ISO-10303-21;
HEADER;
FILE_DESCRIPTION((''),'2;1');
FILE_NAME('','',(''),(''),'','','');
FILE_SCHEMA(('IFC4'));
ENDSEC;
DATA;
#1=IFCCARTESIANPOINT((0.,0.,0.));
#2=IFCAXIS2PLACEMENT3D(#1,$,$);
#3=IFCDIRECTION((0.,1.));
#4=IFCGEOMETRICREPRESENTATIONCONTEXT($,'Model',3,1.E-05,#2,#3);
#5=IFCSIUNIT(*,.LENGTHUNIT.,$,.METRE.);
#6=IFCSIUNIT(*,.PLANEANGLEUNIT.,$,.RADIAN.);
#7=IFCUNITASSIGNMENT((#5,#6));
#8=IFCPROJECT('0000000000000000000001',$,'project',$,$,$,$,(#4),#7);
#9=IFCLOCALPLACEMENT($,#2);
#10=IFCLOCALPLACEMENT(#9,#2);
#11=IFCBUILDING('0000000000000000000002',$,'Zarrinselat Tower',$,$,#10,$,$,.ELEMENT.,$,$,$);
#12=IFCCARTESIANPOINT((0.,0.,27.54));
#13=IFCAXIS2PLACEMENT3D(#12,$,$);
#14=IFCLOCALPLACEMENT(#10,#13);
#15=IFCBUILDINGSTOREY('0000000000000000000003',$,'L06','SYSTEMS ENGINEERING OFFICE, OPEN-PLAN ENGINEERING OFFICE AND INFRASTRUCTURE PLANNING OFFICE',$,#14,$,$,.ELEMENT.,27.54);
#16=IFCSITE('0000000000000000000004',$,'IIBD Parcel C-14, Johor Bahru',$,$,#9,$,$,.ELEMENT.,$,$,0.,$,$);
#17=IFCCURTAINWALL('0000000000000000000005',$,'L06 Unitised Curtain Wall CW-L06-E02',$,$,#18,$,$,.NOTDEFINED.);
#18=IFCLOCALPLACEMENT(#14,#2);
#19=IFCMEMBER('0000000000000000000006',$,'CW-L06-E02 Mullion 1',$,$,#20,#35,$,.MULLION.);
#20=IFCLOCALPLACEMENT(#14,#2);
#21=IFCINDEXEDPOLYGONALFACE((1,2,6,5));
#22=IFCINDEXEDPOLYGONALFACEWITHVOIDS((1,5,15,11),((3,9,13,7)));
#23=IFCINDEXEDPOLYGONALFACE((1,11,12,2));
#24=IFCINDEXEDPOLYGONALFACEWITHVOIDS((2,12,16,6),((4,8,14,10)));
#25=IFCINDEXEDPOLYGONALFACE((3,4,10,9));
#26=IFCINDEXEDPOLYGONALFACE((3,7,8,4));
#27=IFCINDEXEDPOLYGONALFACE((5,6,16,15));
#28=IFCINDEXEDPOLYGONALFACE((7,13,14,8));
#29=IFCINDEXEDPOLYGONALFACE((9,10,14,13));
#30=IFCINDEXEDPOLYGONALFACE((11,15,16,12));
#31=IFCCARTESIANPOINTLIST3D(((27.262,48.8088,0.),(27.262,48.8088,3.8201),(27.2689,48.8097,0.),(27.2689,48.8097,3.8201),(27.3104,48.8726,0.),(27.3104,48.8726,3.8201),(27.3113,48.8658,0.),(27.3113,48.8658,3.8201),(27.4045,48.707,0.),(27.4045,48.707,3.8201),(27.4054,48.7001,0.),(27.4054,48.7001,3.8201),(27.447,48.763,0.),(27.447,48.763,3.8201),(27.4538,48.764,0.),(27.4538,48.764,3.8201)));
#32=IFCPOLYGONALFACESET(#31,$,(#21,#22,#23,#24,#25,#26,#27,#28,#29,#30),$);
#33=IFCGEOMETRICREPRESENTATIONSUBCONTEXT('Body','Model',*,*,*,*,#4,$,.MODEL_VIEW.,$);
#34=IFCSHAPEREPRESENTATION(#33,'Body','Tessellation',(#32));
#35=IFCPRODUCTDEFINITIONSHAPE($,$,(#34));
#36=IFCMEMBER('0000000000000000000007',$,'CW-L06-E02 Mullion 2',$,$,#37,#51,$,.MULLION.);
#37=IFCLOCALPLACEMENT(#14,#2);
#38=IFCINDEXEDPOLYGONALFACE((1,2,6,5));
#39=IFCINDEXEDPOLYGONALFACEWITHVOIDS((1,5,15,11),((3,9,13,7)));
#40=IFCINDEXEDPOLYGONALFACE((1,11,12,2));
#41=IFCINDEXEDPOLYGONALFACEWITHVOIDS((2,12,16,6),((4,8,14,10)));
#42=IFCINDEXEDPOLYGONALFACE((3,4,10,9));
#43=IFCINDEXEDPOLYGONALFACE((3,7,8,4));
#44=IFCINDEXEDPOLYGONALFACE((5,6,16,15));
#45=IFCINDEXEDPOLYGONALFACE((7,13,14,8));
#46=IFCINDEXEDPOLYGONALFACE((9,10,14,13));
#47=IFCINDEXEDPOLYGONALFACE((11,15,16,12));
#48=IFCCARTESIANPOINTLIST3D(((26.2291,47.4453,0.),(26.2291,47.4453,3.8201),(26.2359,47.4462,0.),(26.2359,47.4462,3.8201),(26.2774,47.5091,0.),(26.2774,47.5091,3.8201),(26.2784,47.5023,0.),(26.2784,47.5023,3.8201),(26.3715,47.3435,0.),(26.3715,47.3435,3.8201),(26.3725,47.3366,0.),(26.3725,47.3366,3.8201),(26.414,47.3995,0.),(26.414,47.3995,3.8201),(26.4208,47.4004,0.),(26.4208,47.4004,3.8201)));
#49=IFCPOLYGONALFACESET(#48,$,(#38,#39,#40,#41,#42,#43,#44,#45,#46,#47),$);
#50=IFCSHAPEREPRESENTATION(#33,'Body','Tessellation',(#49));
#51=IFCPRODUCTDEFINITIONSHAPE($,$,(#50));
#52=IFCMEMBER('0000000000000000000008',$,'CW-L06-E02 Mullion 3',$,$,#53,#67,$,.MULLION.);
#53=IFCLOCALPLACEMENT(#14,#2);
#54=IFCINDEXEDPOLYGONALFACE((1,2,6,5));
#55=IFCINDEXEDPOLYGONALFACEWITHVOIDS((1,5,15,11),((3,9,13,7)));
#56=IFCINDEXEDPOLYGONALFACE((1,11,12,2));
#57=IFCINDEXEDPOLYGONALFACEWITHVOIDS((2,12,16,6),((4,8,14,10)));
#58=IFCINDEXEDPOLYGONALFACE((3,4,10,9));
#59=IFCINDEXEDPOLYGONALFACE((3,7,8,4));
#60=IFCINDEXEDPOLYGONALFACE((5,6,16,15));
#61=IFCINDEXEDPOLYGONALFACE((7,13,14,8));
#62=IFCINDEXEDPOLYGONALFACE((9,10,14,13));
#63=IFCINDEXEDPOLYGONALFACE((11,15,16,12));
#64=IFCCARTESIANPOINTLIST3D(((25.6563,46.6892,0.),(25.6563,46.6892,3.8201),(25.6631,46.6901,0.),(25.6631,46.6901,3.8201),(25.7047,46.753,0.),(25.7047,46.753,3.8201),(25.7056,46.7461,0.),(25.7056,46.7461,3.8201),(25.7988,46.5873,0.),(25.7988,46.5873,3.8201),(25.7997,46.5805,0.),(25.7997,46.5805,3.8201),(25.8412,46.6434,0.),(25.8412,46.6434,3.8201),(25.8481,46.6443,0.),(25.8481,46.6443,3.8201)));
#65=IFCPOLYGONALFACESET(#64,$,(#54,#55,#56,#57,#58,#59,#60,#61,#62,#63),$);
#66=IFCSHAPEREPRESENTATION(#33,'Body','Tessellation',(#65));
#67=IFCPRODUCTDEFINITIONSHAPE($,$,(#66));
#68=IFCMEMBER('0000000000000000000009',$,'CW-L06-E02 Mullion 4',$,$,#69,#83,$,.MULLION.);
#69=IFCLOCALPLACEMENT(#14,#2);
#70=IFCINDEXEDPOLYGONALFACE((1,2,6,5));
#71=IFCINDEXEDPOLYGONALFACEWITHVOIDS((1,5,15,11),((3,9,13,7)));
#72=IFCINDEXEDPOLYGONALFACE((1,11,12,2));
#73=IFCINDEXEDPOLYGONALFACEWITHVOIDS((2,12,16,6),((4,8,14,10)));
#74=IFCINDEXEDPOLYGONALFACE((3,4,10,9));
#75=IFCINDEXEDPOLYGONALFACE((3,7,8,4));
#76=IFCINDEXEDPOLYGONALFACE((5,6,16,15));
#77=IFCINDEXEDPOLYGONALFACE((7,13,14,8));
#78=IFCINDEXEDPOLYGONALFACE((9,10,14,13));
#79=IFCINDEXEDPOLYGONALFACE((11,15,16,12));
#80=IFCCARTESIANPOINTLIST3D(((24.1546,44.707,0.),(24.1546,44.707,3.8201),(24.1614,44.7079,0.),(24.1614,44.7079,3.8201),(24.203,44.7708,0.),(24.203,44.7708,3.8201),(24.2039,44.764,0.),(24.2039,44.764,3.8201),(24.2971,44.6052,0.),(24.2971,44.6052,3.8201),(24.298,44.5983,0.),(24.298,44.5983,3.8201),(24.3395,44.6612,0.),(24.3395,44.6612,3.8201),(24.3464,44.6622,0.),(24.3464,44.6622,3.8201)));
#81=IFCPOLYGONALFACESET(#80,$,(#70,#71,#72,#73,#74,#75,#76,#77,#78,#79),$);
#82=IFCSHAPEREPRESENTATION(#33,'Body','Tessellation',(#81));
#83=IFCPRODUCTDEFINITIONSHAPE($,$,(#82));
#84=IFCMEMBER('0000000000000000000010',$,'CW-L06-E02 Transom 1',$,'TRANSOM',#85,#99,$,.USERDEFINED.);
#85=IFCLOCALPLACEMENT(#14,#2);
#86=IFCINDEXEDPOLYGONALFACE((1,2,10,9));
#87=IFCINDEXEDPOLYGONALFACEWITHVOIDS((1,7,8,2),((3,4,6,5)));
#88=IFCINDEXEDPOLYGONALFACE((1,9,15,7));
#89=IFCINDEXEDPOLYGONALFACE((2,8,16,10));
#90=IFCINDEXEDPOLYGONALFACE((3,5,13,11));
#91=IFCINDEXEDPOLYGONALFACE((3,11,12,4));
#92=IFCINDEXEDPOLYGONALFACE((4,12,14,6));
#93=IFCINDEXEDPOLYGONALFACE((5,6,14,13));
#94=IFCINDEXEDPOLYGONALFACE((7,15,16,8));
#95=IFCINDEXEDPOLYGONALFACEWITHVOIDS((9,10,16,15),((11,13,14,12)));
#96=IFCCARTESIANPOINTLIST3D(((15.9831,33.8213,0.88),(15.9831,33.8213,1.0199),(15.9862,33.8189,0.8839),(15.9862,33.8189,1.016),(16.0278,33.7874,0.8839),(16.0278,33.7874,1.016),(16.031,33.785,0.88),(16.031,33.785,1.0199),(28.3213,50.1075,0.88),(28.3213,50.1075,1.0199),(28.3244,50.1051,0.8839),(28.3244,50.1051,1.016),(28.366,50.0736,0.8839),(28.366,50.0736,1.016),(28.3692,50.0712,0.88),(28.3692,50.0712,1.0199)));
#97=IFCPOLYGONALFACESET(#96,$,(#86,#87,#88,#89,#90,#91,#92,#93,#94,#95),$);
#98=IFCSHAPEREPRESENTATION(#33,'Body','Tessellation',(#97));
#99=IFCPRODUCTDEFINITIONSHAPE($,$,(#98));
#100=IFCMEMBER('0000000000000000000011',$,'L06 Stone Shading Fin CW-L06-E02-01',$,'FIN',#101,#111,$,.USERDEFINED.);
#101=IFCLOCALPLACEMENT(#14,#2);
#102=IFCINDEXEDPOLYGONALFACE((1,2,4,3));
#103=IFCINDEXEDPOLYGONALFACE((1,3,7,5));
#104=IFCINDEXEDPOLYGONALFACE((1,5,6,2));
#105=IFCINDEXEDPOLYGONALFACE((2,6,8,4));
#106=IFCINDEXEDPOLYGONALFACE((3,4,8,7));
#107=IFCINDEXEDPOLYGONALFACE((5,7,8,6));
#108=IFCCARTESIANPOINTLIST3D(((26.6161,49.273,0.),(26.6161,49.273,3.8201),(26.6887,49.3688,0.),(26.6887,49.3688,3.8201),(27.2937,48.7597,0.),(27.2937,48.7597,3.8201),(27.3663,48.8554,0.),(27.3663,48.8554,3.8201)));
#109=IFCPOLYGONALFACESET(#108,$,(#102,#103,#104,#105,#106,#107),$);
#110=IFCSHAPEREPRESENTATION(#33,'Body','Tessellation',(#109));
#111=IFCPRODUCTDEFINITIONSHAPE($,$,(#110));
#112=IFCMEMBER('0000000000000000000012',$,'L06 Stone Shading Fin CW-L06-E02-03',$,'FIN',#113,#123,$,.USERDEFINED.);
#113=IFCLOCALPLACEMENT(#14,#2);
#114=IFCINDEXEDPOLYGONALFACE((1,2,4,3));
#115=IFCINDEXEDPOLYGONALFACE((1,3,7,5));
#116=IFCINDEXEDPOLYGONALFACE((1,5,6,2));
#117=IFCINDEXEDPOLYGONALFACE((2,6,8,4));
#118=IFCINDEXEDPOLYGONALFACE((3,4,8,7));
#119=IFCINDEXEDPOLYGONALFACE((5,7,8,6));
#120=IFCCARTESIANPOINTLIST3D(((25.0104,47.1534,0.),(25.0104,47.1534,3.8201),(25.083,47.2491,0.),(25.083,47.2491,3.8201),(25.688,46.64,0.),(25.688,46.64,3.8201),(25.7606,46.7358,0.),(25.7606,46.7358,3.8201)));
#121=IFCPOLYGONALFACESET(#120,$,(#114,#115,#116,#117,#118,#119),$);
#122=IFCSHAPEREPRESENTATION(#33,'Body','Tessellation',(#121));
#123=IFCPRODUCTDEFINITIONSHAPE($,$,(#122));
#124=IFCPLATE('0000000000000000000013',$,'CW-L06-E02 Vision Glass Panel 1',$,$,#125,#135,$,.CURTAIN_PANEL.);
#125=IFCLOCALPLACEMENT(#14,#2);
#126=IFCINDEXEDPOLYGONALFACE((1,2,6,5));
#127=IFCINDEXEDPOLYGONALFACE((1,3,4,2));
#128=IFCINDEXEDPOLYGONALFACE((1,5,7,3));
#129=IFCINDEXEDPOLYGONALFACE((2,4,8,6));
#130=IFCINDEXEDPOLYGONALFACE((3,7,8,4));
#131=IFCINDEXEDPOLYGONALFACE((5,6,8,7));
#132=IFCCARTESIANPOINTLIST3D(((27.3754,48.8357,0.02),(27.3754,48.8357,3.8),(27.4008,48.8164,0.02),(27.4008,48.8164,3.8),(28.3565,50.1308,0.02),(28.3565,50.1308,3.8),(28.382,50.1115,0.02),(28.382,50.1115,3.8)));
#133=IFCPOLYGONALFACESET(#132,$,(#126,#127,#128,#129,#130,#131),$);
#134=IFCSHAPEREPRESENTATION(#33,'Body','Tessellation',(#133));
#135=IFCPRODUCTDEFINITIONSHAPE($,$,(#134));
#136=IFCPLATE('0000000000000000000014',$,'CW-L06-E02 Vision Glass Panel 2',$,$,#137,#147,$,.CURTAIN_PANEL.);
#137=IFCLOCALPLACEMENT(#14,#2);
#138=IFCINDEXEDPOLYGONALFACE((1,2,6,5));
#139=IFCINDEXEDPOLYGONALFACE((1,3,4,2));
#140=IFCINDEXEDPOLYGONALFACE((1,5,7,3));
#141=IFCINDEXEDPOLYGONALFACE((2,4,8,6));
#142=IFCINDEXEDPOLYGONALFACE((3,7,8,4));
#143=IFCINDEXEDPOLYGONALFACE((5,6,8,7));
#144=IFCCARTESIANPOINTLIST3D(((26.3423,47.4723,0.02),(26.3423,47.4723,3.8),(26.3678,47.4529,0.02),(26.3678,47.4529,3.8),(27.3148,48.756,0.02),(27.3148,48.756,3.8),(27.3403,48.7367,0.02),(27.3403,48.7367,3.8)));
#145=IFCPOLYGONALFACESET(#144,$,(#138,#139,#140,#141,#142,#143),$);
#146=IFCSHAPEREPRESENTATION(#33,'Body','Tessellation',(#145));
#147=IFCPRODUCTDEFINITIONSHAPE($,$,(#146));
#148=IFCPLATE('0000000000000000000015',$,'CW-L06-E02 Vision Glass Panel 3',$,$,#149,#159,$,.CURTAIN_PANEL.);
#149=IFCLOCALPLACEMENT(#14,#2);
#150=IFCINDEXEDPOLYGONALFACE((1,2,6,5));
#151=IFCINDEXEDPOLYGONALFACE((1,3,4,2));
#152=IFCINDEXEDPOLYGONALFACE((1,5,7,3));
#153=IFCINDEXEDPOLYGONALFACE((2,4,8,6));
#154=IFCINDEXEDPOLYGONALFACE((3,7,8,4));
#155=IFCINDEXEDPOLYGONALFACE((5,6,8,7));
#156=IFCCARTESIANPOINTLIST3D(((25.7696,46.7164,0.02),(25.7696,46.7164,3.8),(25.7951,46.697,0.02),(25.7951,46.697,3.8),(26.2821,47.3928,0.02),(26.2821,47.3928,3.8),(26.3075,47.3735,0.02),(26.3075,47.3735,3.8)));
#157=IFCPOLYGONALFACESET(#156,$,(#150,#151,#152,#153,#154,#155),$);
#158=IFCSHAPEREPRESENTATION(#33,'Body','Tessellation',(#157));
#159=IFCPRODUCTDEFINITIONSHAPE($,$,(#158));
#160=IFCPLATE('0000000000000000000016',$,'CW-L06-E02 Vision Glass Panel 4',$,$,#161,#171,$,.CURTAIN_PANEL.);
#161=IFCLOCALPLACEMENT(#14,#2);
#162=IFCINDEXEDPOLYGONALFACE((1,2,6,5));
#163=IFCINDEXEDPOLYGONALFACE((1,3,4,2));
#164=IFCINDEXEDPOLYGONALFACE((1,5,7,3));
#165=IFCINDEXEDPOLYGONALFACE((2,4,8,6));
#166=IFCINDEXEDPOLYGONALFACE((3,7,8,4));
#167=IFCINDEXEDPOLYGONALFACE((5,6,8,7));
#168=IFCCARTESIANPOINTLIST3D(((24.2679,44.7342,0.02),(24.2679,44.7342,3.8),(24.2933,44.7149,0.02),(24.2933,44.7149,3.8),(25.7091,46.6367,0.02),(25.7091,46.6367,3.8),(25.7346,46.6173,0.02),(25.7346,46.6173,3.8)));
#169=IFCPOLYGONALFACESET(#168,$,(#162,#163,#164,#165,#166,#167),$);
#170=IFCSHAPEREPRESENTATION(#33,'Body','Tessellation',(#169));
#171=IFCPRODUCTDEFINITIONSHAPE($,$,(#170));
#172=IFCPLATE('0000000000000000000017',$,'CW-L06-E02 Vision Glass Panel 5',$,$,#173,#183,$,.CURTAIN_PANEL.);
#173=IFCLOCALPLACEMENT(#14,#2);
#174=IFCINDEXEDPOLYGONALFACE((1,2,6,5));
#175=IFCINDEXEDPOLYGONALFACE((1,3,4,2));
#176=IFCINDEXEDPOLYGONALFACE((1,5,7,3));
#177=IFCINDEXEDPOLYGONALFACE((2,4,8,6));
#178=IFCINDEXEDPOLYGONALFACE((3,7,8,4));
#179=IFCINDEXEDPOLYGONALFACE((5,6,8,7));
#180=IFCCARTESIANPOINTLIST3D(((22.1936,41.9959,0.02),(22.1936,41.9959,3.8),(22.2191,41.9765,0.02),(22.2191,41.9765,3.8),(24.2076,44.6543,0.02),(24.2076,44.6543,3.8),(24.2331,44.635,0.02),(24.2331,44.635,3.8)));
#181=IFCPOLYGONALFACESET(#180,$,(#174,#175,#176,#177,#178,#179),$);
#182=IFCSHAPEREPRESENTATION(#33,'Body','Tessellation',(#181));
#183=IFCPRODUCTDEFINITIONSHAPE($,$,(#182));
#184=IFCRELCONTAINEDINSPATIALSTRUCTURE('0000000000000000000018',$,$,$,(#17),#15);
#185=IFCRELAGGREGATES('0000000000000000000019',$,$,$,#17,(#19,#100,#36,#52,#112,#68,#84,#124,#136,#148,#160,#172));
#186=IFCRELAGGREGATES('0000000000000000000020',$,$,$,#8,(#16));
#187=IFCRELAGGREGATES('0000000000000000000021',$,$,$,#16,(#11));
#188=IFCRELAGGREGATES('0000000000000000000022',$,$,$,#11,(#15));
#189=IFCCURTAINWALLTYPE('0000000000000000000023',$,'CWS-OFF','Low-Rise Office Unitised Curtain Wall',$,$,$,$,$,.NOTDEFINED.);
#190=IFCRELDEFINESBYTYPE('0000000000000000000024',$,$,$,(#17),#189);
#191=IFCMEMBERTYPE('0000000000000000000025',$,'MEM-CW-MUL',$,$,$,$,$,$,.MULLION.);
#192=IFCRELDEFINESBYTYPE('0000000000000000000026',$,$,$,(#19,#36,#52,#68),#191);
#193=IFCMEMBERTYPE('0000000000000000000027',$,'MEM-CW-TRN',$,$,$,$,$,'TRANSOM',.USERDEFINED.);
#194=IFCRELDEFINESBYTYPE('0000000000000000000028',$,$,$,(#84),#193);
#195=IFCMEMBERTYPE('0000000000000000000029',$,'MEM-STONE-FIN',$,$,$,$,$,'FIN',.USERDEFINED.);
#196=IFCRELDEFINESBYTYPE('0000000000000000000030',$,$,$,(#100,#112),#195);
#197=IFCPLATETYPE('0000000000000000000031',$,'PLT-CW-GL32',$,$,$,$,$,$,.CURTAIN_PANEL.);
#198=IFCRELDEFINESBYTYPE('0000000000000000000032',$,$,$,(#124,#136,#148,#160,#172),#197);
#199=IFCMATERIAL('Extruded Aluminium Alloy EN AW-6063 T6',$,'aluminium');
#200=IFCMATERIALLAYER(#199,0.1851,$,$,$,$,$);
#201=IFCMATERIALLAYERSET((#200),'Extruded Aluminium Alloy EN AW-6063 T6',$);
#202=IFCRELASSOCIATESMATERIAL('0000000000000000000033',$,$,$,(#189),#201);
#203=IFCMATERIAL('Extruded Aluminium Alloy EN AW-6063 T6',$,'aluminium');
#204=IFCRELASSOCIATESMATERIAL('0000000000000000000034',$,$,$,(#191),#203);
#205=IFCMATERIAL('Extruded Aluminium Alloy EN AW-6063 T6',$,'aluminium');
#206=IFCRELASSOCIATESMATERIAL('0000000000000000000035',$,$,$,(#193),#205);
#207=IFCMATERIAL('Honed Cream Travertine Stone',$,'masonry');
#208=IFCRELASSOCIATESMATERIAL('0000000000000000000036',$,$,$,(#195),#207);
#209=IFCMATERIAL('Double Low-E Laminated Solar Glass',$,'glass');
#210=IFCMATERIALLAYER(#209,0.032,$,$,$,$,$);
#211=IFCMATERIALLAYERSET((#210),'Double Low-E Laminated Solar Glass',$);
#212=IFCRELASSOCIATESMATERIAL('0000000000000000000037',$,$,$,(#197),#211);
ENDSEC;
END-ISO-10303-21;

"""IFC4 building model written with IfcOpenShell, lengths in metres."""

from ifc_helpers import new_model, si_unit, direction, frame, origin, origin_2d, place, context, subcontext, project, spatial, rectangle, hollow_rectangle, extrude, material, layer, layer_set, material_profile, profile_set, type_object, element, aggregate, save


model = new_model("IFC4")

# Units and contexts
model_context = context("Model", 3, precision=1e-05, world=origin(), true_north=direction((0.0, 1.0)))
body_context = subcontext(model_context, "Body", "Model", "MODEL_VIEW")
ifc_project = project(units=[si_unit("LENGTHUNIT", "METRE"), si_unit("PLANEANGLEUNIT", "RADIAN")], contexts=[model_context])

# Site, building, storey
site_placement = place(None, origin())
site = spatial("IfcSite", under=ifc_project, at=site_placement, Name="IIBD Parcel C-14, Johor Bahru", CompositionType="ELEMENT", RefElevation=0.0)
building_placement = place(site_placement, origin())
building = spatial("IfcBuilding", under=site, at=building_placement, Name="Zarrinselat Tower", CompositionType="ELEMENT")
storey_placement = place(building_placement, frame((0.0, 0.0, 27.54)))
storey = spatial("IfcBuildingStorey", under=building, at=storey_placement, Name="L06", Description="SYSTEMS ENGINEERING OFFICE, OPEN-PLAN ENGINEERING OFFICE AND INFRASTRUCTURE PLANNING OFFICE", CompositionType="ELEMENT", Elevation=27.54)

# Curtain wall, members, plates
ifc_material_1 = material(Name="Extruded Aluminium Alloy EN AW-6063 T6", Category="aluminium")
ifc_layer_1 = layer(ifc_material_1, 0.1851)
ifc_layer_set_1 = layer_set([ifc_layer_1], Name="Extruded Aluminium Alloy EN AW-6063 T6")
curtain_wall_type = type_object("IfcCurtainWallType", Name="CWS-OFF", Description="Low-Rise Office Unitised Curtain Wall", PredefinedType="NOTDEFINED", material=ifc_layer_set_1)
curtain_wall_placement = place(storey_placement, origin())
curtain_wall = element("IfcCurtainWall", 1, at=curtain_wall_placement, inside=storey, type_object=curtain_wall_type, Name="L06 Unitised Curtain Wall CW-L06-E02", PredefinedType="NOTDEFINED")
ifc_material_2 = material(Name="Extruded Aluminium Alloy EN AW-6063 T6", Category="aluminium")
ifc_material_profile_1 = material_profile(ifc_material_2, hollow_rectangle(XDim=0.0801, YDim=0.1799, WallThickness=0.0049, at=origin_2d()), Name="RHS 180x80x5")
ifc_profile_set_1 = profile_set([ifc_material_profile_1], Name="Extruded Aluminium Alloy EN AW-6063 T6")
member_type_1 = type_object("IfcMemberType", Name="MEM-CW-MUL", PredefinedType="MULLION", material=ifc_profile_set_1)
member_1_placement = place(storey_placement, frame((27.3579, 48.7864, 0.0), z_axis=(0.0, 0.0, 1.0), x_axis=(-0.603859, -0.797091, 0.0)))
member_1 = element("IfcMember", 2, at=member_1_placement, type_object=member_type_1, Name="CW-L06-E02 Mullion 1", PredefinedType="MULLION", context=body_context, shape_type="SweptSolid", body=[
    extrude(hollow_rectangle(XDim=0.0801, YDim=0.1799, WallThickness=0.0049, at=origin_2d()), origin(), (0.0, 0.0, 1.0), 3.8201),
])
member_2_placement = place(storey_placement, frame((26.325, 47.4229, 0.0), z_axis=(0.0, 0.0, 1.0), x_axis=(-0.603859, -0.797091, 0.0)))
member_2 = element("IfcMember", 3, at=member_2_placement, type_object=member_type_1, Name="CW-L06-E02 Mullion 2", PredefinedType="MULLION", context=body_context, shape_type="SweptSolid", body=[
    extrude(hollow_rectangle(XDim=0.0801, YDim=0.1799, WallThickness=0.0049, at=origin_2d()), origin(), (0.0, 0.0, 1.0), 3.8201),
])
member_3_placement = place(storey_placement, frame((25.7522, 46.6667, 0.0), z_axis=(0.0, 0.0, 1.0), x_axis=(-0.603859, -0.797091, 0.0)))
member_3 = element("IfcMember", 4, at=member_3_placement, type_object=member_type_1, Name="CW-L06-E02 Mullion 3", PredefinedType="MULLION", context=body_context, shape_type="SweptSolid", body=[
    extrude(hollow_rectangle(XDim=0.0801, YDim=0.1799, WallThickness=0.0049, at=origin_2d()), origin(), (0.0, 0.0, 1.0), 3.8201),
])
member_4_placement = place(storey_placement, frame((24.2505, 44.6846, 0.0), z_axis=(0.0, 0.0, 1.0), x_axis=(-0.603859, -0.797091, 0.0)))
member_4 = element("IfcMember", 5, at=member_4_placement, type_object=member_type_1, Name="CW-L06-E02 Mullion 4", PredefinedType="MULLION", context=body_context, shape_type="SweptSolid", body=[
    extrude(hollow_rectangle(XDim=0.0801, YDim=0.1799, WallThickness=0.0049, at=origin_2d()), origin(), (0.0, 0.0, 1.0), 3.8201),
])
ifc_material_3 = material(Name="Extruded Aluminium Alloy EN AW-6063 T6", Category="aluminium")
ifc_material_profile_2 = material_profile(ifc_material_3, hollow_rectangle(XDim=0.0601, YDim=0.1399, WallThickness=0.0039, at=origin_2d()), Name="RHS 140x60x4")
ifc_profile_set_2 = profile_set([ifc_material_profile_2], Name="Extruded Aluminium Alloy EN AW-6063 T6")
member_type_2 = type_object("IfcMemberType", Name="MEM-CW-TRN", ElementType="TRANSOM", PredefinedType="USERDEFINED", material=ifc_profile_set_2)
member_5_placement = place(storey_placement, frame((28.3452, 50.0894, 0.95), z_axis=(-0.603863, -0.797088, 0.0), x_axis=(0.797088, -0.603863, 0.0)))
member_5 = element("IfcMember", 6, at=member_5_placement, type_object=member_type_2, Name="CW-L06-E02 Transom 1", ObjectType="TRANSOM", PredefinedType="USERDEFINED", context=body_context, shape_type="SweptSolid", body=[
    extrude(hollow_rectangle(XDim=0.0601, YDim=0.1399, WallThickness=0.0039, at=origin_2d()), origin(), (0.0, 0.0, 1.0), 20.4321),
])
ifc_material_4 = material(Name="Honed Cream Travertine Stone", Category="masonry")
ifc_material_profile_3 = material_profile(ifc_material_4, rectangle(XDim=0.1201, YDim=0.8501, at=origin_2d()), Name="FIN 850x120")
ifc_profile_set_3 = profile_set([ifc_material_profile_3], Name="Honed Cream Travertine Stone")
member_type_3 = type_object("IfcMemberType", Name="MEM-STONE-FIN", ElementType="FIN", PredefinedType="USERDEFINED", material=ifc_profile_set_3)
member_6_placement = place(storey_placement, frame((26.9912, 49.0642, 0.0), z_axis=(0.0, 0.0, 1.0), x_axis=(0.603859, 0.797091, 0.0)))
member_6 = element("IfcMember", 7, at=member_6_placement, type_object=member_type_3, Name="L06 Stone Shading Fin CW-L06-E02-01", ObjectType="FIN", PredefinedType="USERDEFINED", context=body_context, shape_type="SweptSolid", body=[
    extrude(rectangle(XDim=0.1201, YDim=0.8501, at=origin_2d()), origin(), (0.0, 0.0, 1.0), 3.8201),
])
member_7_placement = place(storey_placement, frame((25.3855, 46.9446, 0.0), z_axis=(0.0, 0.0, 1.0), x_axis=(0.603859, 0.797091, 0.0)))
member_7 = element("IfcMember", 8, at=member_7_placement, type_object=member_type_3, Name="L06 Stone Shading Fin CW-L06-E02-03", ObjectType="FIN", PredefinedType="USERDEFINED", context=body_context, shape_type="SweptSolid", body=[
    extrude(rectangle(XDim=0.1201, YDim=0.8501, at=origin_2d()), origin(), (0.0, 0.0, 1.0), 3.8201),
])
ifc_material_5 = material(Name="Double Low-E Laminated Solar Glass", Category="glass")
ifc_layer_2 = layer(ifc_material_5, 0.032)
ifc_layer_set_2 = layer_set([ifc_layer_2], Name="Double Low-E Laminated Solar Glass")
plate_type = type_object("IfcPlateType", Name="PLT-CW-GL32", PredefinedType="CURTAIN_PANEL", material=ifc_layer_set_2)
plate_1_placement = place(storey_placement, frame((27.8787, 49.4736, 0.02), z_axis=(0.0, 0.0, 1.0), x_axis=(-0.603859, -0.797091, 0.0)))
plate_1 = element("IfcPlate", 9, at=plate_1_placement, type_object=plate_type, Name="CW-L06-E02 Vision Glass Panel 1", PredefinedType="CURTAIN_PANEL", context=body_context, shape_type="SweptSolid", body=[
    extrude(rectangle(XDim=1.6248, YDim=0.032, at=origin_2d()), origin(), (0.0, 0.0, 1.0), 3.78),
])
plate_2_placement = place(storey_placement, frame((26.8413, 48.1045, 0.02), z_axis=(0.0, 0.0, 1.0), x_axis=(-0.603859, -0.797091, 0.0)))
plate_2 = element("IfcPlate", 10, at=plate_2_placement, type_object=plate_type, Name="CW-L06-E02 Vision Glass Panel 2", PredefinedType="CURTAIN_PANEL", context=body_context, shape_type="SweptSolid", body=[
    extrude(rectangle(XDim=1.6106, YDim=0.032, at=origin_2d()), origin(), (0.0, 0.0, 1.0), 3.78),
])
plate_3_placement = place(storey_placement, frame((26.0386, 47.0449, 0.02), z_axis=(0.0, 0.0, 1.0), x_axis=(-0.603859, -0.797091, 0.0)))
plate_3 = element("IfcPlate", 11, at=plate_3_placement, type_object=plate_type, Name="CW-L06-E02 Vision Glass Panel 3", PredefinedType="CURTAIN_PANEL", context=body_context, shape_type="SweptSolid", body=[
    extrude(rectangle(XDim=0.8486, YDim=0.032, at=origin_2d()), origin(), (0.0, 0.0, 1.0), 3.78),
])
plate_4_placement = place(storey_placement, frame((25.0012, 45.6758, 0.02), z_axis=(0.0, 0.0, 1.0), x_axis=(-0.603859, -0.797091, 0.0)))
plate_4 = element("IfcPlate", 12, at=plate_4_placement, type_object=plate_type, Name="CW-L06-E02 Vision Glass Panel 4", PredefinedType="CURTAIN_PANEL", context=body_context, shape_type="SweptSolid", body=[
    extrude(rectangle(XDim=2.3867, YDim=0.032, at=origin_2d()), origin(), (0.0, 0.0, 1.0), 3.78),
])
plate_5_placement = place(storey_placement, frame((23.2134, 43.3154, 0.02), z_axis=(0.0, 0.0, 1.0), x_axis=(-0.603859, -0.797091, 0.0)))
plate_5 = element("IfcPlate", 13, at=plate_5_placement, type_object=plate_type, Name="CW-L06-E02 Vision Glass Panel 5", PredefinedType="CURTAIN_PANEL", context=body_context, shape_type="SweptSolid", body=[
    extrude(rectangle(XDim=3.3352, YDim=0.032, at=origin_2d()), origin(), (0.0, 0.0, 1.0), 3.78),
])
aggregate(curtain_wall, [member_1, member_6, member_2, member_3, member_7, member_4, member_5, plate_1, plate_2, plate_3, plate_4, plate_5])

save(model, "model.ifc")
